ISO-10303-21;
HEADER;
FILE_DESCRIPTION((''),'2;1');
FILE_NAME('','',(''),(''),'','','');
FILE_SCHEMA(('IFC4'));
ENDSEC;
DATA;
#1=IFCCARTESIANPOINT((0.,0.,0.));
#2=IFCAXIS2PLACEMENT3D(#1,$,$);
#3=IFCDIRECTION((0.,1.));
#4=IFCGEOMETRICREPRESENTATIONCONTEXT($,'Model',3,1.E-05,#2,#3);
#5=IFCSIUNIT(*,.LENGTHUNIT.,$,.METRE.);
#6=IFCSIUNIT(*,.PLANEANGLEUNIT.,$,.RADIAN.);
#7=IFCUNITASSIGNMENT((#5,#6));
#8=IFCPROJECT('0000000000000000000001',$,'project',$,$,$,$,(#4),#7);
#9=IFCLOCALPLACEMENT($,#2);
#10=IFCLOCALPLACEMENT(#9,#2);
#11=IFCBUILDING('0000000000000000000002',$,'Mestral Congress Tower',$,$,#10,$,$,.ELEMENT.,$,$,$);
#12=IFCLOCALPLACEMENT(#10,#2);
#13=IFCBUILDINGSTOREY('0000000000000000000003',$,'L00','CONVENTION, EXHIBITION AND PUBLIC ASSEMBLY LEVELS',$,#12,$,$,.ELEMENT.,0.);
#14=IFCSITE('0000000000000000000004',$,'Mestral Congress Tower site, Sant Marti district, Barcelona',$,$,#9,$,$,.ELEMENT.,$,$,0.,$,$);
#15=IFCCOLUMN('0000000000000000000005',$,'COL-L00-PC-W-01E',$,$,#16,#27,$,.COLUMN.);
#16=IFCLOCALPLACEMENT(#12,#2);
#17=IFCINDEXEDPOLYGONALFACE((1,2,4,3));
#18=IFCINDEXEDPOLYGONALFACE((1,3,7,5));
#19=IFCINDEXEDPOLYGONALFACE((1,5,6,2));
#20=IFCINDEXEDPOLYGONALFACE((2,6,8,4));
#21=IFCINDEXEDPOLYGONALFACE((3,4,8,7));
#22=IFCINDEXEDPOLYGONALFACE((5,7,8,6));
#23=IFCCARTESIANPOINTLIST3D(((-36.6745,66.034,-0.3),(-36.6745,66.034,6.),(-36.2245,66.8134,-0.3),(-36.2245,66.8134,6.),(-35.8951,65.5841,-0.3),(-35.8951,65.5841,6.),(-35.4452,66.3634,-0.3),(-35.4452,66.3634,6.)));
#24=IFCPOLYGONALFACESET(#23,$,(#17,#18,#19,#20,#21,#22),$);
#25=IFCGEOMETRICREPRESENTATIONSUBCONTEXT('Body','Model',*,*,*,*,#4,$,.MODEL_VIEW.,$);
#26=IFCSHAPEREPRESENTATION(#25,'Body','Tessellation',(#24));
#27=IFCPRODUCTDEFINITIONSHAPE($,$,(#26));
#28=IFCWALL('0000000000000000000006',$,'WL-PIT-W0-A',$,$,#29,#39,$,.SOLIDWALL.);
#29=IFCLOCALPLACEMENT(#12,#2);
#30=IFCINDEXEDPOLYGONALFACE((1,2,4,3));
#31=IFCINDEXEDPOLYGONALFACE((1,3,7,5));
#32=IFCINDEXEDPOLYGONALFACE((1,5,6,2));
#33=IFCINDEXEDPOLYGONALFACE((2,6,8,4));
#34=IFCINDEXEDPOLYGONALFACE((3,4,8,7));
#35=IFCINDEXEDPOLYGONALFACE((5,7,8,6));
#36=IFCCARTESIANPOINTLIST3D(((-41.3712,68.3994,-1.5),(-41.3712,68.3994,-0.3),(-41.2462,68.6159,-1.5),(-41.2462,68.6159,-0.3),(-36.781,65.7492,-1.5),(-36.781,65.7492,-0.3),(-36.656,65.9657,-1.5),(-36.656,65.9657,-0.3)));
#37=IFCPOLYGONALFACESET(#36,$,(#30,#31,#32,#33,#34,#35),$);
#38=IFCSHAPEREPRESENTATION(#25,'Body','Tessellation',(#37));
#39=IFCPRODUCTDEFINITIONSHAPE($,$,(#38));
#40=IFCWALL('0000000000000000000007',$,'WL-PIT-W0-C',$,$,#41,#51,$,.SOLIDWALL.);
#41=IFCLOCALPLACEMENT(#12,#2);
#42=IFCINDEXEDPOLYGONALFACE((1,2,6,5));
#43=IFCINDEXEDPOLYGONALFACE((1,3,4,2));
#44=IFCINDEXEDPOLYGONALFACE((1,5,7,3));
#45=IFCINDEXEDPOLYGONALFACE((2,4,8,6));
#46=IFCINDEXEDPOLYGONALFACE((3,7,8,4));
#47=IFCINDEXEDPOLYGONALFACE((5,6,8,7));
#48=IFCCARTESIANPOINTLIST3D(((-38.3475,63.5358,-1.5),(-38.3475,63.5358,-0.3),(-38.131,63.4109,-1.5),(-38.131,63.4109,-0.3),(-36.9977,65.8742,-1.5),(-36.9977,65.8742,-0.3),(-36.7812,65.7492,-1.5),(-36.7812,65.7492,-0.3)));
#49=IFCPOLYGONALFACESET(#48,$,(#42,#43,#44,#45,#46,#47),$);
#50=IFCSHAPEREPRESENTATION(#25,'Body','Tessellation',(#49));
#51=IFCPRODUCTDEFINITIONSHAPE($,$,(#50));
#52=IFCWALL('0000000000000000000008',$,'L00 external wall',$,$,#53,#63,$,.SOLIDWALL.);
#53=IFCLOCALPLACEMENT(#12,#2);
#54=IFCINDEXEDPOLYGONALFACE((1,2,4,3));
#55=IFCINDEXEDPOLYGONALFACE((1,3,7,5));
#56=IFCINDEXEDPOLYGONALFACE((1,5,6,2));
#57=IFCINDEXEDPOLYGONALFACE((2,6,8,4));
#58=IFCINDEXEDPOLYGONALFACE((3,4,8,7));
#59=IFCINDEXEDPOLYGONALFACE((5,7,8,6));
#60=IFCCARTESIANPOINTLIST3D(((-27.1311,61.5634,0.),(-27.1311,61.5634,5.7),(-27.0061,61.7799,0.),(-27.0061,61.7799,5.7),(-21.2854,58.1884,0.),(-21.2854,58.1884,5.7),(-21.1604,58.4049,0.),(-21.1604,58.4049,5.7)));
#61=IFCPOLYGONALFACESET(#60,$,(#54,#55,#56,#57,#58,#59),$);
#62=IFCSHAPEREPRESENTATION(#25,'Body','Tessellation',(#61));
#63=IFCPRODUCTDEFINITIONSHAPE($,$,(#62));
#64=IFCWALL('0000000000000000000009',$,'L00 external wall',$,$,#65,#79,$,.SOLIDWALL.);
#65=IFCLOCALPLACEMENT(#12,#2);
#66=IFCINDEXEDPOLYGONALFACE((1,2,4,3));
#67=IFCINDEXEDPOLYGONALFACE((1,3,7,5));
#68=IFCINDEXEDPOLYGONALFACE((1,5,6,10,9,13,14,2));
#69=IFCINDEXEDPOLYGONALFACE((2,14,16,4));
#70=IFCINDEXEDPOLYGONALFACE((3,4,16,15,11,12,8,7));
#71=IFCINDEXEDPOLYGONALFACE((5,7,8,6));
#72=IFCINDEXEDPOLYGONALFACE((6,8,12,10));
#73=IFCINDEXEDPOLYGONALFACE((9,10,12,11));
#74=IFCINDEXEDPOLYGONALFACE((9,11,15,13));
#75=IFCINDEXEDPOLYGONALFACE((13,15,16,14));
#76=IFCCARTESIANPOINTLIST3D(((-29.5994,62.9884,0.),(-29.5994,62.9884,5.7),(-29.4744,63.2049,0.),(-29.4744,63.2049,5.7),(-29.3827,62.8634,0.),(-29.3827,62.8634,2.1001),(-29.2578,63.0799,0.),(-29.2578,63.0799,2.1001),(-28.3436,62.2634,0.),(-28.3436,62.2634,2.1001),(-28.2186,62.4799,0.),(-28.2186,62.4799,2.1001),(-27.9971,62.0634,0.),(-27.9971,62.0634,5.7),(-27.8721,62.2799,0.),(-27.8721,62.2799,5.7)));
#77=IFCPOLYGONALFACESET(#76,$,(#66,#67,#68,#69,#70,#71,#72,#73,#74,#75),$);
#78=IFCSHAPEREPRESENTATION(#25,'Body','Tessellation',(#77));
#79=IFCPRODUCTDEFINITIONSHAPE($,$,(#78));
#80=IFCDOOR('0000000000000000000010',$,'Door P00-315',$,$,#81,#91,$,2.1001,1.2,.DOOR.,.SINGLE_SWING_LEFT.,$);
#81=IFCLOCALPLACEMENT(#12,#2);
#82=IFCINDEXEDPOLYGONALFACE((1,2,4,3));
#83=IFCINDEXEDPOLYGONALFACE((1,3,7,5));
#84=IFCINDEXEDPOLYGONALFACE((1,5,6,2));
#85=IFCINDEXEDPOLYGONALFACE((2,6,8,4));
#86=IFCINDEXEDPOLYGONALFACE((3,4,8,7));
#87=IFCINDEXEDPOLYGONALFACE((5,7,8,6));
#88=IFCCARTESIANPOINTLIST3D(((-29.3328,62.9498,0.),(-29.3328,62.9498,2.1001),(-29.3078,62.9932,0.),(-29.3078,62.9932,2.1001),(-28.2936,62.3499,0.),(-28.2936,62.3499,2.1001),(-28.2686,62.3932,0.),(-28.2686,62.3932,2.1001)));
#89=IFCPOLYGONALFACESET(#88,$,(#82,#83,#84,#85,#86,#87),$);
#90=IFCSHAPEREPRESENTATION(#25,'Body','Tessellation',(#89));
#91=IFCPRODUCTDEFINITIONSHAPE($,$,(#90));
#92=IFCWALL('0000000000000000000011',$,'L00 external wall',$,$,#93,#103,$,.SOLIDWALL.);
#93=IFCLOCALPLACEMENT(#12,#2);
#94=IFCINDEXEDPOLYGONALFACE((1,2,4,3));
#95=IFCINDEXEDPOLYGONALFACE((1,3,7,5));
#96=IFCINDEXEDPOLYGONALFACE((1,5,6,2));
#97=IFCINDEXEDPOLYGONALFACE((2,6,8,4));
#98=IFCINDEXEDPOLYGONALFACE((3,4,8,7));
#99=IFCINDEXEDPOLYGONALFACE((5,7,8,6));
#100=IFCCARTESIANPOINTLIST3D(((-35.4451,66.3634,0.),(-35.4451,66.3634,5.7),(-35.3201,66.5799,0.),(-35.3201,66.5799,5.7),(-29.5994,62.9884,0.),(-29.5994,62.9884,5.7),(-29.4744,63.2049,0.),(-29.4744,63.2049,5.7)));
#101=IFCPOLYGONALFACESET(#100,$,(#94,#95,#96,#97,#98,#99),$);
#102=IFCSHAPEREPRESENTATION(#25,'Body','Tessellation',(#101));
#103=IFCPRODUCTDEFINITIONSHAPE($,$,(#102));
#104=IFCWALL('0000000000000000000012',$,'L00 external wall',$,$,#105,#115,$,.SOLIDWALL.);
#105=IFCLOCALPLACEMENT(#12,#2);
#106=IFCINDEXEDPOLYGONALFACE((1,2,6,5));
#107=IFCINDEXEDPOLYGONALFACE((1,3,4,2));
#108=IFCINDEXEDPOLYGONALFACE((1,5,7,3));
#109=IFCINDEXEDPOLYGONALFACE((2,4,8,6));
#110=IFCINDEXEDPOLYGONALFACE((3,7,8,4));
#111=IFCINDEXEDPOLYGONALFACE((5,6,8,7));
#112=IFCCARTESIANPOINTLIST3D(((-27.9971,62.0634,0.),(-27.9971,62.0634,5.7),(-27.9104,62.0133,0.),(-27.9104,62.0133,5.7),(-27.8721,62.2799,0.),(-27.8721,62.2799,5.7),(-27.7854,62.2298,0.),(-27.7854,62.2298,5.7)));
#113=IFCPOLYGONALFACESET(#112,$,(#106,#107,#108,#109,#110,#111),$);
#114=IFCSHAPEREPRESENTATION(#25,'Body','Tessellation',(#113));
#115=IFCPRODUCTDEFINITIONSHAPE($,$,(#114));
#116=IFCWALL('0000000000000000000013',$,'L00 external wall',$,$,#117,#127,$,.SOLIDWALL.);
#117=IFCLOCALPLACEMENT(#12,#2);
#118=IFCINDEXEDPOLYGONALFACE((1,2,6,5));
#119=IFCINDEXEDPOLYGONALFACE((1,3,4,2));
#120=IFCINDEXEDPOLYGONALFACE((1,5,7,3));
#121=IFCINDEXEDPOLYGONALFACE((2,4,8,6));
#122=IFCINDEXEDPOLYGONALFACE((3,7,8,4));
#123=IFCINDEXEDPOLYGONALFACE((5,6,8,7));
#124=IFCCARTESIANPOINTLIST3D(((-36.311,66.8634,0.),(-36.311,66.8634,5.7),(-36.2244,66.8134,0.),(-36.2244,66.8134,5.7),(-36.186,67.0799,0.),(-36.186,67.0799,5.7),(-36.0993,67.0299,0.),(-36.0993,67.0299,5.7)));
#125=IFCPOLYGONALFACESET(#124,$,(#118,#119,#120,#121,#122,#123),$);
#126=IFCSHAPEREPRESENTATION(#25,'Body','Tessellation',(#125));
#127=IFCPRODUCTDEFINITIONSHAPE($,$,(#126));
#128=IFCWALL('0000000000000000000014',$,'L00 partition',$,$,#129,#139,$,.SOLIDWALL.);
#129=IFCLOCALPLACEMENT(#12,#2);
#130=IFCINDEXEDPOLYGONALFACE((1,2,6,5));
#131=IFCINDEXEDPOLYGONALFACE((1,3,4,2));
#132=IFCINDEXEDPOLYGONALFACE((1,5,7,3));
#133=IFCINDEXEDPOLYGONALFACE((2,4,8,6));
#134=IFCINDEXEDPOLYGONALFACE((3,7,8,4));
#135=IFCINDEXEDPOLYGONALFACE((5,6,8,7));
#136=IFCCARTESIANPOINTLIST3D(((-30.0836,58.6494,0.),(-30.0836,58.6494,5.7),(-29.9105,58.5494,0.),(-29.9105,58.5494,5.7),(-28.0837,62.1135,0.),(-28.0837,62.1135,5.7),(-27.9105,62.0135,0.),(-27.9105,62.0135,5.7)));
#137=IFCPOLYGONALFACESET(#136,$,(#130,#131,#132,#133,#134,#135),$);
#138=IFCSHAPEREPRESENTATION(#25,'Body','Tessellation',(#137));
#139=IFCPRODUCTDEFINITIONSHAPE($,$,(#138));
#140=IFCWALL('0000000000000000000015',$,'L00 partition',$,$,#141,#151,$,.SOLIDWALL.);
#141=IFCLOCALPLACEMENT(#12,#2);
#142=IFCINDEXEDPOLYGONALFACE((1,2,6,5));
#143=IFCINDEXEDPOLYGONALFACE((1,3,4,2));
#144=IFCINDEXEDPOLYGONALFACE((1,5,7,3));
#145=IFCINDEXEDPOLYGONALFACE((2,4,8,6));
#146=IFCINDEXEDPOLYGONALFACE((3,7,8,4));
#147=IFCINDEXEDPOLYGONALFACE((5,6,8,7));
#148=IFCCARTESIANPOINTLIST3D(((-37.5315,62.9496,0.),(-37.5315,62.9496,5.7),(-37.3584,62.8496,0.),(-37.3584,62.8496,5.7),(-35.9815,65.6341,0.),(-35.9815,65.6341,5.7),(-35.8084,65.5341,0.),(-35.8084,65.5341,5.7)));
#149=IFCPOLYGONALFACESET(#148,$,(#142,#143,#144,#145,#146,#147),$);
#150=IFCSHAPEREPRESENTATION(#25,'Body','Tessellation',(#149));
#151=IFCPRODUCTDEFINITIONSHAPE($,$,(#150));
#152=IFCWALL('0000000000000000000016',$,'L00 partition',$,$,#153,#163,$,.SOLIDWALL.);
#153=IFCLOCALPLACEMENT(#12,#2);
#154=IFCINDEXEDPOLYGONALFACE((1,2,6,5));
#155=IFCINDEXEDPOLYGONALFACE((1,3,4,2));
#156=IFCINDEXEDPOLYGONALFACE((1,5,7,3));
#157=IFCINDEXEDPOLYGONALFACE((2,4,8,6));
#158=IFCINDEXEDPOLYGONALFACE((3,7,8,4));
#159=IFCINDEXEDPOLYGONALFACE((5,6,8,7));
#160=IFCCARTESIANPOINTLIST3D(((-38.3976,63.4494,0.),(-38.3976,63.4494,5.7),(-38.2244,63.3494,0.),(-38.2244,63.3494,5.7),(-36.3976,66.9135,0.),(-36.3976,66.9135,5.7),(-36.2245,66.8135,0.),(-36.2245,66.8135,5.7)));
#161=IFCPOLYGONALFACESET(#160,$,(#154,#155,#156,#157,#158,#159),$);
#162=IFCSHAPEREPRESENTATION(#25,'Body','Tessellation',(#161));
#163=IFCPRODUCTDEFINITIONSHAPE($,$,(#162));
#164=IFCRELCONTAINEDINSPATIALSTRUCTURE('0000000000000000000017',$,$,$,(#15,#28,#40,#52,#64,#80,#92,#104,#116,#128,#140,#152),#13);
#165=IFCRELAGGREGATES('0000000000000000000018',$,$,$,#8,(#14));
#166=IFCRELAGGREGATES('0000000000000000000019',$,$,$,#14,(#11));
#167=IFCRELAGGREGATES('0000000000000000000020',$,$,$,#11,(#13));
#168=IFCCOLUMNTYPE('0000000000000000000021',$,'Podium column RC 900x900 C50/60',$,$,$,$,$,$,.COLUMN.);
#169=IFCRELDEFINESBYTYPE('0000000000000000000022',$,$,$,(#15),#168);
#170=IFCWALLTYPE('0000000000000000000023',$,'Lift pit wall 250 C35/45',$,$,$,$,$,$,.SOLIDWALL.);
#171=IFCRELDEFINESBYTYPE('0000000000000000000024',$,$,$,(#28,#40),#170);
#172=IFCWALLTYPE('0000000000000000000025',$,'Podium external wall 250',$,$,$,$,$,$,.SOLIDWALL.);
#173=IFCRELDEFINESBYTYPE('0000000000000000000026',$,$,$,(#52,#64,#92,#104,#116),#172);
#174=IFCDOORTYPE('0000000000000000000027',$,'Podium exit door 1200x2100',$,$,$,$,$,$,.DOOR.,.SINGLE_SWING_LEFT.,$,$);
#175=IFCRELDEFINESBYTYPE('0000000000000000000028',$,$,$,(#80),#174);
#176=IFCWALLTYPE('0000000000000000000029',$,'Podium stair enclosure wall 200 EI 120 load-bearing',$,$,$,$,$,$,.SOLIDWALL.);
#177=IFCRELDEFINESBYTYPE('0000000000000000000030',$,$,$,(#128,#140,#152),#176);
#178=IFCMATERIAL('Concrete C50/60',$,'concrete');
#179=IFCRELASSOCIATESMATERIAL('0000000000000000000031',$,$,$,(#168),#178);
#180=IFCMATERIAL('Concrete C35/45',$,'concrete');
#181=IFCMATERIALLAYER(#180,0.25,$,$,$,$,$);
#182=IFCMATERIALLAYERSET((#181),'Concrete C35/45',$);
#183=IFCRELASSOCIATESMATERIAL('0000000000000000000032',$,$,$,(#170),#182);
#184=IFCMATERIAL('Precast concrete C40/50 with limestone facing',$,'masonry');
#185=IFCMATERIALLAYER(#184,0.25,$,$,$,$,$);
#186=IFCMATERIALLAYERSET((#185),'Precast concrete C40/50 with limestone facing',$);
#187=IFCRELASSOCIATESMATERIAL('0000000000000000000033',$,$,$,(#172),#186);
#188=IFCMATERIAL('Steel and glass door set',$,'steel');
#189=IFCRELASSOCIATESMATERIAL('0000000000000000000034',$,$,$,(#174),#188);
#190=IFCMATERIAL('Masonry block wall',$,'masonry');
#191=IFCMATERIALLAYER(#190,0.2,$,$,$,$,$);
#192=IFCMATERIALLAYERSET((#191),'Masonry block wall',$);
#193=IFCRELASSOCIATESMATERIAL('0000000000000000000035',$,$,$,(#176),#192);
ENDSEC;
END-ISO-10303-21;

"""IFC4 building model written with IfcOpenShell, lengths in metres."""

from ifc_helpers import new_model, si_unit, direction, frame, frame_2d, origin, origin_2d, place, context, subcontext, project, spatial, rectangle, extrude, material, layer, layer_set, material_profile, profile_set, type_object, element, fill, save


model = new_model("IFC4")

# Units and contexts
model_context = context("Model", 3, precision=1e-05, world=origin(), true_north=direction((0.0, 1.0)))
body_context = subcontext(model_context, "Body", "Model", "MODEL_VIEW")
ifc_project = project(units=[si_unit("LENGTHUNIT", "METRE"), si_unit("PLANEANGLEUNIT", "RADIAN")], contexts=[model_context])

# Site, building, storey
site_placement = place(None, origin())
site = spatial("IfcSite", under=ifc_project, at=site_placement, Name="Mestral Congress Tower site, Sant Marti district, Barcelona", CompositionType="ELEMENT", RefElevation=0.0)
building_placement = place(site_placement, origin())
building = spatial("IfcBuilding", under=site, at=building_placement, Name="Mestral Congress Tower", CompositionType="ELEMENT")
storey_placement = place(building_placement, origin())
storey = spatial("IfcBuildingStorey", under=building, at=storey_placement, Name="L00", Description="CONVENTION, EXHIBITION AND PUBLIC ASSEMBLY LEVELS", CompositionType="ELEMENT", Elevation=0.0)

# Shared definitions
ifc_material_1 = material(Name="Concrete C35/45", Category="concrete")

# Column
ifc_material_2 = material(Name="Concrete C50/60", Category="concrete")
ifc_material_profile_1 = material_profile(ifc_material_2, rectangle(XDim=0.8999, YDim=0.8999, at=origin_2d()), Name="RC 900x900")
ifc_profile_set_1 = profile_set([ifc_material_profile_1], Name="Concrete C50/60")
column_type = type_object("IfcColumnType", Name="Podium column RC 900x900 C50/60", PredefinedType="COLUMN", material=ifc_profile_set_1)
column_placement = place(storey_placement, frame((-36.0598, 66.1987, -0.3), z_axis=(0.0, 0.0, 1.0), x_axis=(-0.5, -0.866025, 0.0)))
element("IfcColumn", 1, at=column_placement, inside=storey, type_object=column_type, Name="COL-L00-PC-W-01E", PredefinedType="COLUMN", context=body_context, shape_type="SweptSolid", body=[
    extrude(rectangle(XDim=0.8999, YDim=0.8999, at=origin_2d()), origin(), (0.0, 0.0, 1.0), 6.3),
])

# Walls
ifc_layer_1 = layer(ifc_material_1, 0.25)
ifc_layer_set_1 = layer_set([ifc_layer_1], Name="Concrete C35/45")
wall_type_1 = type_object("IfcWallType", Name="Lift pit wall 250 C35/45", PredefinedType="SOLIDWALL", material=ifc_layer_set_1)
wall_1_placement = place(storey_placement, frame((-36.7185, 65.8574, -1.5), z_axis=(0.0, 0.0, 1.0), x_axis=(-0.866021, 0.500008, 0.0)))
element("IfcWall", 2, at=wall_1_placement, inside=storey, type_object=wall_type_1, Name="WL-PIT-W0-A", PredefinedType="SOLIDWALL", context=body_context, shape_type="SweptSolid", body=[
    extrude(rectangle(XDim=5.3003, YDim=0.25, at=frame_2d((2.6501, 0.0))), origin(), (0.0, 0.0, 1.0), 1.2),
])
wall_2_placement = place(storey_placement, frame((-36.8894, 65.8118, -1.5), z_axis=(0.0, 0.0, 1.0), x_axis=(-0.499942, -0.866059, 0.0)))
element("IfcWall", 3, at=wall_2_placement, inside=storey, type_object=wall_type_1, Name="WL-PIT-W0-C", PredefinedType="SOLIDWALL", context=body_context, shape_type="SweptSolid", body=[
    extrude(rectangle(XDim=2.7, YDim=0.25, at=frame_2d((1.3501, 0.0))), origin(), (0.0, 0.0, 1.0), 1.2),
])
ifc_material_3 = material(Name="Precast concrete C40/50 with limestone facing", Category="masonry")
ifc_layer_2 = layer(ifc_material_3, 0.25)
ifc_layer_set_2 = layer_set([ifc_layer_2], Name="Precast concrete C40/50 with limestone facing")
wall_type_2 = type_object("IfcWallType", Name="Podium external wall 250", PredefinedType="SOLIDWALL", material=ifc_layer_set_2)
wall_3_placement = place(storey_placement, frame((-27.0686, 61.6716, 0.0), z_axis=(0.0, 0.0, 1.0), x_axis=(0.866027, -0.499998, 0.0)))
element("IfcWall", 4, at=wall_3_placement, inside=storey, type_object=wall_type_2, Name="L00 external wall", PredefinedType="SOLIDWALL", context=body_context, shape_type="SweptSolid", body=[
    extrude(rectangle(XDim=6.75, YDim=0.25, at=frame_2d((3.375, 0.0))), origin(), (0.0, 0.0, 1.0), 5.7),
])

# Wall, opening, door
wall_4_placement = place(storey_placement, frame((-29.5369, 63.0967, 0.0), z_axis=(0.0, 0.0, 1.0), x_axis=(0.866034, -0.499985, 0.0)))
wall_4 = element("IfcWall", 5, at=wall_4_placement, inside=storey, type_object=wall_type_2, Name="L00 external wall", PredefinedType="SOLIDWALL", context=body_context, shape_type="SweptSolid", body=[
    extrude(rectangle(XDim=1.8501, YDim=0.25, at=frame_2d((0.925, 0.0))), origin(), (0.0, 0.0, 1.0), 5.7),
])
opening_placement = place(wall_4_placement, frame((0.25, 0.0, 0.0)))
opening = element("IfcOpeningElement", 6, at=opening_placement, cuts=wall_4, PredefinedType="OPENING", context=body_context, shape_type="SweptSolid", body=[
    extrude(rectangle(XDim=1.2, YDim=2.1001, at=frame_2d((0.6001, 1.05))), frame((0.0, 0.135, 0.0), z_axis=(0.0, -1.0, 0.0), x_axis=(1.0, 0.0, 0.0)), (0.0, 0.0, 1.0), 0.27),
])
ifc_material_4 = material(Name="Steel and glass door set", Category="steel")
door_type = type_object("IfcDoorType", Name="Podium exit door 1200x2100", OperationType="SINGLE_SWING_LEFT", PredefinedType="DOOR", material=ifc_material_4)
door_placement = place(opening_placement, origin())
door = element("IfcDoor", 7, at=door_placement, inside=storey, type_object=door_type, Name="Door P00-315", OperationType="SINGLE_SWING_LEFT", OverallHeight=2.1001, OverallWidth=1.2, PredefinedType="DOOR", context=body_context, shape_type="SweptSolid", body=[
    extrude(rectangle(XDim=1.2, YDim=2.1001, at=frame_2d((0.6001, 1.05))), frame((0.0, 0.0249, 0.0), z_axis=(0.0, -1.0, 0.0), x_axis=(1.0, 0.0, 0.0)), (0.0, 0.0, 1.0), 0.05),
])
fill(opening, door)

# Walls
wall_5_placement = place(storey_placement, frame((-35.3826, 66.4717, 0.0), z_axis=(0.0, 0.0, 1.0), x_axis=(0.866027, -0.499998, 0.0)))
element("IfcWall", 8, at=wall_5_placement, inside=storey, type_object=wall_type_2, Name="L00 external wall", PredefinedType="SOLIDWALL", context=body_context, shape_type="SweptSolid", body=[
    extrude(rectangle(XDim=6.75, YDim=0.25, at=frame_2d((3.375, 0.0))), origin(), (0.0, 0.0, 1.0), 5.7),
])
for number, where, z_axis, x_axis, name in (
    (9, (-27.9346, 62.1716, 0.0), (0.0, 0.0, 1.0), (0.865982, -0.500074, 0.0), "L00 external wall"),
    (10, (-36.2485, 66.9717, 0.0), (0.0, 0.0, 1.0), (0.865982, -0.500074, 0.0), "L00 external wall"),
):
    element("IfcWall", number, at=place(storey_placement, frame(where, z_axis=z_axis, x_axis=x_axis)), inside=storey, type_object=wall_type_2, Name=name, PredefinedType="SOLIDWALL", context=body_context, shape_type="SweptSolid", body=[
        extrude(rectangle(XDim=0.1001, YDim=0.25, at=frame_2d((0.05, 0.0))), origin(), (0.0, 0.0, 1.0), 5.7),
    ])
ifc_material_5 = material(Name="Masonry block wall", Category="masonry")
ifc_layer_3 = layer(ifc_material_5, 0.2)
ifc_layer_set_3 = layer_set([ifc_layer_3], Name="Masonry block wall")
wall_type_3 = type_object("IfcWallType", Name="Podium stair enclosure wall 200 EI 120 load-bearing", PredefinedType="SOLIDWALL", material=ifc_layer_set_3)
wall_6_placement = place(storey_placement, frame((-27.9971, 62.0635, 0.0), z_axis=(0.0, 0.0, 1.0), x_axis=(-0.499999, -0.866026, 0.0)))
element("IfcWall", 11, at=wall_6_placement, inside=storey, type_object=wall_type_3, Name="L00 partition", PredefinedType="SOLIDWALL", context=body_context, shape_type="SweptSolid", body=[
    extrude(rectangle(XDim=4.0, YDim=0.2, at=frame_2d((2.0, 0.0))), origin(), (0.0, 0.0, 1.0), 5.7),
])
wall_7_placement = place(storey_placement, frame((-35.895, 65.584, 0.0), z_axis=(0.0, 0.0, 1.0), x_axis=(-0.500027, -0.86601, 0.0)))
element("IfcWall", 12, at=wall_7_placement, inside=storey, type_object=wall_type_3, Name="L00 partition", PredefinedType="SOLIDWALL", context=body_context, shape_type="SweptSolid", body=[
    extrude(rectangle(XDim=3.0999, YDim=0.2, at=frame_2d((1.5498, 0.0))), origin(), (0.0, 0.0, 1.0), 5.7),
])
wall_8_placement = place(storey_placement, frame((-36.311, 66.8635, 0.0), z_axis=(0.0, 0.0, 1.0), x_axis=(-0.499999, -0.866026, 0.0)))
element("IfcWall", 13, at=wall_8_placement, inside=storey, type_object=wall_type_3, Name="L00 partition", PredefinedType="SOLIDWALL", context=body_context, shape_type="SweptSolid", body=[
    extrude(rectangle(XDim=4.0, YDim=0.2, at=frame_2d((2.0, 0.0))), origin(), (0.0, 0.0, 1.0), 5.7),
])

save(model, "model.ifc")
